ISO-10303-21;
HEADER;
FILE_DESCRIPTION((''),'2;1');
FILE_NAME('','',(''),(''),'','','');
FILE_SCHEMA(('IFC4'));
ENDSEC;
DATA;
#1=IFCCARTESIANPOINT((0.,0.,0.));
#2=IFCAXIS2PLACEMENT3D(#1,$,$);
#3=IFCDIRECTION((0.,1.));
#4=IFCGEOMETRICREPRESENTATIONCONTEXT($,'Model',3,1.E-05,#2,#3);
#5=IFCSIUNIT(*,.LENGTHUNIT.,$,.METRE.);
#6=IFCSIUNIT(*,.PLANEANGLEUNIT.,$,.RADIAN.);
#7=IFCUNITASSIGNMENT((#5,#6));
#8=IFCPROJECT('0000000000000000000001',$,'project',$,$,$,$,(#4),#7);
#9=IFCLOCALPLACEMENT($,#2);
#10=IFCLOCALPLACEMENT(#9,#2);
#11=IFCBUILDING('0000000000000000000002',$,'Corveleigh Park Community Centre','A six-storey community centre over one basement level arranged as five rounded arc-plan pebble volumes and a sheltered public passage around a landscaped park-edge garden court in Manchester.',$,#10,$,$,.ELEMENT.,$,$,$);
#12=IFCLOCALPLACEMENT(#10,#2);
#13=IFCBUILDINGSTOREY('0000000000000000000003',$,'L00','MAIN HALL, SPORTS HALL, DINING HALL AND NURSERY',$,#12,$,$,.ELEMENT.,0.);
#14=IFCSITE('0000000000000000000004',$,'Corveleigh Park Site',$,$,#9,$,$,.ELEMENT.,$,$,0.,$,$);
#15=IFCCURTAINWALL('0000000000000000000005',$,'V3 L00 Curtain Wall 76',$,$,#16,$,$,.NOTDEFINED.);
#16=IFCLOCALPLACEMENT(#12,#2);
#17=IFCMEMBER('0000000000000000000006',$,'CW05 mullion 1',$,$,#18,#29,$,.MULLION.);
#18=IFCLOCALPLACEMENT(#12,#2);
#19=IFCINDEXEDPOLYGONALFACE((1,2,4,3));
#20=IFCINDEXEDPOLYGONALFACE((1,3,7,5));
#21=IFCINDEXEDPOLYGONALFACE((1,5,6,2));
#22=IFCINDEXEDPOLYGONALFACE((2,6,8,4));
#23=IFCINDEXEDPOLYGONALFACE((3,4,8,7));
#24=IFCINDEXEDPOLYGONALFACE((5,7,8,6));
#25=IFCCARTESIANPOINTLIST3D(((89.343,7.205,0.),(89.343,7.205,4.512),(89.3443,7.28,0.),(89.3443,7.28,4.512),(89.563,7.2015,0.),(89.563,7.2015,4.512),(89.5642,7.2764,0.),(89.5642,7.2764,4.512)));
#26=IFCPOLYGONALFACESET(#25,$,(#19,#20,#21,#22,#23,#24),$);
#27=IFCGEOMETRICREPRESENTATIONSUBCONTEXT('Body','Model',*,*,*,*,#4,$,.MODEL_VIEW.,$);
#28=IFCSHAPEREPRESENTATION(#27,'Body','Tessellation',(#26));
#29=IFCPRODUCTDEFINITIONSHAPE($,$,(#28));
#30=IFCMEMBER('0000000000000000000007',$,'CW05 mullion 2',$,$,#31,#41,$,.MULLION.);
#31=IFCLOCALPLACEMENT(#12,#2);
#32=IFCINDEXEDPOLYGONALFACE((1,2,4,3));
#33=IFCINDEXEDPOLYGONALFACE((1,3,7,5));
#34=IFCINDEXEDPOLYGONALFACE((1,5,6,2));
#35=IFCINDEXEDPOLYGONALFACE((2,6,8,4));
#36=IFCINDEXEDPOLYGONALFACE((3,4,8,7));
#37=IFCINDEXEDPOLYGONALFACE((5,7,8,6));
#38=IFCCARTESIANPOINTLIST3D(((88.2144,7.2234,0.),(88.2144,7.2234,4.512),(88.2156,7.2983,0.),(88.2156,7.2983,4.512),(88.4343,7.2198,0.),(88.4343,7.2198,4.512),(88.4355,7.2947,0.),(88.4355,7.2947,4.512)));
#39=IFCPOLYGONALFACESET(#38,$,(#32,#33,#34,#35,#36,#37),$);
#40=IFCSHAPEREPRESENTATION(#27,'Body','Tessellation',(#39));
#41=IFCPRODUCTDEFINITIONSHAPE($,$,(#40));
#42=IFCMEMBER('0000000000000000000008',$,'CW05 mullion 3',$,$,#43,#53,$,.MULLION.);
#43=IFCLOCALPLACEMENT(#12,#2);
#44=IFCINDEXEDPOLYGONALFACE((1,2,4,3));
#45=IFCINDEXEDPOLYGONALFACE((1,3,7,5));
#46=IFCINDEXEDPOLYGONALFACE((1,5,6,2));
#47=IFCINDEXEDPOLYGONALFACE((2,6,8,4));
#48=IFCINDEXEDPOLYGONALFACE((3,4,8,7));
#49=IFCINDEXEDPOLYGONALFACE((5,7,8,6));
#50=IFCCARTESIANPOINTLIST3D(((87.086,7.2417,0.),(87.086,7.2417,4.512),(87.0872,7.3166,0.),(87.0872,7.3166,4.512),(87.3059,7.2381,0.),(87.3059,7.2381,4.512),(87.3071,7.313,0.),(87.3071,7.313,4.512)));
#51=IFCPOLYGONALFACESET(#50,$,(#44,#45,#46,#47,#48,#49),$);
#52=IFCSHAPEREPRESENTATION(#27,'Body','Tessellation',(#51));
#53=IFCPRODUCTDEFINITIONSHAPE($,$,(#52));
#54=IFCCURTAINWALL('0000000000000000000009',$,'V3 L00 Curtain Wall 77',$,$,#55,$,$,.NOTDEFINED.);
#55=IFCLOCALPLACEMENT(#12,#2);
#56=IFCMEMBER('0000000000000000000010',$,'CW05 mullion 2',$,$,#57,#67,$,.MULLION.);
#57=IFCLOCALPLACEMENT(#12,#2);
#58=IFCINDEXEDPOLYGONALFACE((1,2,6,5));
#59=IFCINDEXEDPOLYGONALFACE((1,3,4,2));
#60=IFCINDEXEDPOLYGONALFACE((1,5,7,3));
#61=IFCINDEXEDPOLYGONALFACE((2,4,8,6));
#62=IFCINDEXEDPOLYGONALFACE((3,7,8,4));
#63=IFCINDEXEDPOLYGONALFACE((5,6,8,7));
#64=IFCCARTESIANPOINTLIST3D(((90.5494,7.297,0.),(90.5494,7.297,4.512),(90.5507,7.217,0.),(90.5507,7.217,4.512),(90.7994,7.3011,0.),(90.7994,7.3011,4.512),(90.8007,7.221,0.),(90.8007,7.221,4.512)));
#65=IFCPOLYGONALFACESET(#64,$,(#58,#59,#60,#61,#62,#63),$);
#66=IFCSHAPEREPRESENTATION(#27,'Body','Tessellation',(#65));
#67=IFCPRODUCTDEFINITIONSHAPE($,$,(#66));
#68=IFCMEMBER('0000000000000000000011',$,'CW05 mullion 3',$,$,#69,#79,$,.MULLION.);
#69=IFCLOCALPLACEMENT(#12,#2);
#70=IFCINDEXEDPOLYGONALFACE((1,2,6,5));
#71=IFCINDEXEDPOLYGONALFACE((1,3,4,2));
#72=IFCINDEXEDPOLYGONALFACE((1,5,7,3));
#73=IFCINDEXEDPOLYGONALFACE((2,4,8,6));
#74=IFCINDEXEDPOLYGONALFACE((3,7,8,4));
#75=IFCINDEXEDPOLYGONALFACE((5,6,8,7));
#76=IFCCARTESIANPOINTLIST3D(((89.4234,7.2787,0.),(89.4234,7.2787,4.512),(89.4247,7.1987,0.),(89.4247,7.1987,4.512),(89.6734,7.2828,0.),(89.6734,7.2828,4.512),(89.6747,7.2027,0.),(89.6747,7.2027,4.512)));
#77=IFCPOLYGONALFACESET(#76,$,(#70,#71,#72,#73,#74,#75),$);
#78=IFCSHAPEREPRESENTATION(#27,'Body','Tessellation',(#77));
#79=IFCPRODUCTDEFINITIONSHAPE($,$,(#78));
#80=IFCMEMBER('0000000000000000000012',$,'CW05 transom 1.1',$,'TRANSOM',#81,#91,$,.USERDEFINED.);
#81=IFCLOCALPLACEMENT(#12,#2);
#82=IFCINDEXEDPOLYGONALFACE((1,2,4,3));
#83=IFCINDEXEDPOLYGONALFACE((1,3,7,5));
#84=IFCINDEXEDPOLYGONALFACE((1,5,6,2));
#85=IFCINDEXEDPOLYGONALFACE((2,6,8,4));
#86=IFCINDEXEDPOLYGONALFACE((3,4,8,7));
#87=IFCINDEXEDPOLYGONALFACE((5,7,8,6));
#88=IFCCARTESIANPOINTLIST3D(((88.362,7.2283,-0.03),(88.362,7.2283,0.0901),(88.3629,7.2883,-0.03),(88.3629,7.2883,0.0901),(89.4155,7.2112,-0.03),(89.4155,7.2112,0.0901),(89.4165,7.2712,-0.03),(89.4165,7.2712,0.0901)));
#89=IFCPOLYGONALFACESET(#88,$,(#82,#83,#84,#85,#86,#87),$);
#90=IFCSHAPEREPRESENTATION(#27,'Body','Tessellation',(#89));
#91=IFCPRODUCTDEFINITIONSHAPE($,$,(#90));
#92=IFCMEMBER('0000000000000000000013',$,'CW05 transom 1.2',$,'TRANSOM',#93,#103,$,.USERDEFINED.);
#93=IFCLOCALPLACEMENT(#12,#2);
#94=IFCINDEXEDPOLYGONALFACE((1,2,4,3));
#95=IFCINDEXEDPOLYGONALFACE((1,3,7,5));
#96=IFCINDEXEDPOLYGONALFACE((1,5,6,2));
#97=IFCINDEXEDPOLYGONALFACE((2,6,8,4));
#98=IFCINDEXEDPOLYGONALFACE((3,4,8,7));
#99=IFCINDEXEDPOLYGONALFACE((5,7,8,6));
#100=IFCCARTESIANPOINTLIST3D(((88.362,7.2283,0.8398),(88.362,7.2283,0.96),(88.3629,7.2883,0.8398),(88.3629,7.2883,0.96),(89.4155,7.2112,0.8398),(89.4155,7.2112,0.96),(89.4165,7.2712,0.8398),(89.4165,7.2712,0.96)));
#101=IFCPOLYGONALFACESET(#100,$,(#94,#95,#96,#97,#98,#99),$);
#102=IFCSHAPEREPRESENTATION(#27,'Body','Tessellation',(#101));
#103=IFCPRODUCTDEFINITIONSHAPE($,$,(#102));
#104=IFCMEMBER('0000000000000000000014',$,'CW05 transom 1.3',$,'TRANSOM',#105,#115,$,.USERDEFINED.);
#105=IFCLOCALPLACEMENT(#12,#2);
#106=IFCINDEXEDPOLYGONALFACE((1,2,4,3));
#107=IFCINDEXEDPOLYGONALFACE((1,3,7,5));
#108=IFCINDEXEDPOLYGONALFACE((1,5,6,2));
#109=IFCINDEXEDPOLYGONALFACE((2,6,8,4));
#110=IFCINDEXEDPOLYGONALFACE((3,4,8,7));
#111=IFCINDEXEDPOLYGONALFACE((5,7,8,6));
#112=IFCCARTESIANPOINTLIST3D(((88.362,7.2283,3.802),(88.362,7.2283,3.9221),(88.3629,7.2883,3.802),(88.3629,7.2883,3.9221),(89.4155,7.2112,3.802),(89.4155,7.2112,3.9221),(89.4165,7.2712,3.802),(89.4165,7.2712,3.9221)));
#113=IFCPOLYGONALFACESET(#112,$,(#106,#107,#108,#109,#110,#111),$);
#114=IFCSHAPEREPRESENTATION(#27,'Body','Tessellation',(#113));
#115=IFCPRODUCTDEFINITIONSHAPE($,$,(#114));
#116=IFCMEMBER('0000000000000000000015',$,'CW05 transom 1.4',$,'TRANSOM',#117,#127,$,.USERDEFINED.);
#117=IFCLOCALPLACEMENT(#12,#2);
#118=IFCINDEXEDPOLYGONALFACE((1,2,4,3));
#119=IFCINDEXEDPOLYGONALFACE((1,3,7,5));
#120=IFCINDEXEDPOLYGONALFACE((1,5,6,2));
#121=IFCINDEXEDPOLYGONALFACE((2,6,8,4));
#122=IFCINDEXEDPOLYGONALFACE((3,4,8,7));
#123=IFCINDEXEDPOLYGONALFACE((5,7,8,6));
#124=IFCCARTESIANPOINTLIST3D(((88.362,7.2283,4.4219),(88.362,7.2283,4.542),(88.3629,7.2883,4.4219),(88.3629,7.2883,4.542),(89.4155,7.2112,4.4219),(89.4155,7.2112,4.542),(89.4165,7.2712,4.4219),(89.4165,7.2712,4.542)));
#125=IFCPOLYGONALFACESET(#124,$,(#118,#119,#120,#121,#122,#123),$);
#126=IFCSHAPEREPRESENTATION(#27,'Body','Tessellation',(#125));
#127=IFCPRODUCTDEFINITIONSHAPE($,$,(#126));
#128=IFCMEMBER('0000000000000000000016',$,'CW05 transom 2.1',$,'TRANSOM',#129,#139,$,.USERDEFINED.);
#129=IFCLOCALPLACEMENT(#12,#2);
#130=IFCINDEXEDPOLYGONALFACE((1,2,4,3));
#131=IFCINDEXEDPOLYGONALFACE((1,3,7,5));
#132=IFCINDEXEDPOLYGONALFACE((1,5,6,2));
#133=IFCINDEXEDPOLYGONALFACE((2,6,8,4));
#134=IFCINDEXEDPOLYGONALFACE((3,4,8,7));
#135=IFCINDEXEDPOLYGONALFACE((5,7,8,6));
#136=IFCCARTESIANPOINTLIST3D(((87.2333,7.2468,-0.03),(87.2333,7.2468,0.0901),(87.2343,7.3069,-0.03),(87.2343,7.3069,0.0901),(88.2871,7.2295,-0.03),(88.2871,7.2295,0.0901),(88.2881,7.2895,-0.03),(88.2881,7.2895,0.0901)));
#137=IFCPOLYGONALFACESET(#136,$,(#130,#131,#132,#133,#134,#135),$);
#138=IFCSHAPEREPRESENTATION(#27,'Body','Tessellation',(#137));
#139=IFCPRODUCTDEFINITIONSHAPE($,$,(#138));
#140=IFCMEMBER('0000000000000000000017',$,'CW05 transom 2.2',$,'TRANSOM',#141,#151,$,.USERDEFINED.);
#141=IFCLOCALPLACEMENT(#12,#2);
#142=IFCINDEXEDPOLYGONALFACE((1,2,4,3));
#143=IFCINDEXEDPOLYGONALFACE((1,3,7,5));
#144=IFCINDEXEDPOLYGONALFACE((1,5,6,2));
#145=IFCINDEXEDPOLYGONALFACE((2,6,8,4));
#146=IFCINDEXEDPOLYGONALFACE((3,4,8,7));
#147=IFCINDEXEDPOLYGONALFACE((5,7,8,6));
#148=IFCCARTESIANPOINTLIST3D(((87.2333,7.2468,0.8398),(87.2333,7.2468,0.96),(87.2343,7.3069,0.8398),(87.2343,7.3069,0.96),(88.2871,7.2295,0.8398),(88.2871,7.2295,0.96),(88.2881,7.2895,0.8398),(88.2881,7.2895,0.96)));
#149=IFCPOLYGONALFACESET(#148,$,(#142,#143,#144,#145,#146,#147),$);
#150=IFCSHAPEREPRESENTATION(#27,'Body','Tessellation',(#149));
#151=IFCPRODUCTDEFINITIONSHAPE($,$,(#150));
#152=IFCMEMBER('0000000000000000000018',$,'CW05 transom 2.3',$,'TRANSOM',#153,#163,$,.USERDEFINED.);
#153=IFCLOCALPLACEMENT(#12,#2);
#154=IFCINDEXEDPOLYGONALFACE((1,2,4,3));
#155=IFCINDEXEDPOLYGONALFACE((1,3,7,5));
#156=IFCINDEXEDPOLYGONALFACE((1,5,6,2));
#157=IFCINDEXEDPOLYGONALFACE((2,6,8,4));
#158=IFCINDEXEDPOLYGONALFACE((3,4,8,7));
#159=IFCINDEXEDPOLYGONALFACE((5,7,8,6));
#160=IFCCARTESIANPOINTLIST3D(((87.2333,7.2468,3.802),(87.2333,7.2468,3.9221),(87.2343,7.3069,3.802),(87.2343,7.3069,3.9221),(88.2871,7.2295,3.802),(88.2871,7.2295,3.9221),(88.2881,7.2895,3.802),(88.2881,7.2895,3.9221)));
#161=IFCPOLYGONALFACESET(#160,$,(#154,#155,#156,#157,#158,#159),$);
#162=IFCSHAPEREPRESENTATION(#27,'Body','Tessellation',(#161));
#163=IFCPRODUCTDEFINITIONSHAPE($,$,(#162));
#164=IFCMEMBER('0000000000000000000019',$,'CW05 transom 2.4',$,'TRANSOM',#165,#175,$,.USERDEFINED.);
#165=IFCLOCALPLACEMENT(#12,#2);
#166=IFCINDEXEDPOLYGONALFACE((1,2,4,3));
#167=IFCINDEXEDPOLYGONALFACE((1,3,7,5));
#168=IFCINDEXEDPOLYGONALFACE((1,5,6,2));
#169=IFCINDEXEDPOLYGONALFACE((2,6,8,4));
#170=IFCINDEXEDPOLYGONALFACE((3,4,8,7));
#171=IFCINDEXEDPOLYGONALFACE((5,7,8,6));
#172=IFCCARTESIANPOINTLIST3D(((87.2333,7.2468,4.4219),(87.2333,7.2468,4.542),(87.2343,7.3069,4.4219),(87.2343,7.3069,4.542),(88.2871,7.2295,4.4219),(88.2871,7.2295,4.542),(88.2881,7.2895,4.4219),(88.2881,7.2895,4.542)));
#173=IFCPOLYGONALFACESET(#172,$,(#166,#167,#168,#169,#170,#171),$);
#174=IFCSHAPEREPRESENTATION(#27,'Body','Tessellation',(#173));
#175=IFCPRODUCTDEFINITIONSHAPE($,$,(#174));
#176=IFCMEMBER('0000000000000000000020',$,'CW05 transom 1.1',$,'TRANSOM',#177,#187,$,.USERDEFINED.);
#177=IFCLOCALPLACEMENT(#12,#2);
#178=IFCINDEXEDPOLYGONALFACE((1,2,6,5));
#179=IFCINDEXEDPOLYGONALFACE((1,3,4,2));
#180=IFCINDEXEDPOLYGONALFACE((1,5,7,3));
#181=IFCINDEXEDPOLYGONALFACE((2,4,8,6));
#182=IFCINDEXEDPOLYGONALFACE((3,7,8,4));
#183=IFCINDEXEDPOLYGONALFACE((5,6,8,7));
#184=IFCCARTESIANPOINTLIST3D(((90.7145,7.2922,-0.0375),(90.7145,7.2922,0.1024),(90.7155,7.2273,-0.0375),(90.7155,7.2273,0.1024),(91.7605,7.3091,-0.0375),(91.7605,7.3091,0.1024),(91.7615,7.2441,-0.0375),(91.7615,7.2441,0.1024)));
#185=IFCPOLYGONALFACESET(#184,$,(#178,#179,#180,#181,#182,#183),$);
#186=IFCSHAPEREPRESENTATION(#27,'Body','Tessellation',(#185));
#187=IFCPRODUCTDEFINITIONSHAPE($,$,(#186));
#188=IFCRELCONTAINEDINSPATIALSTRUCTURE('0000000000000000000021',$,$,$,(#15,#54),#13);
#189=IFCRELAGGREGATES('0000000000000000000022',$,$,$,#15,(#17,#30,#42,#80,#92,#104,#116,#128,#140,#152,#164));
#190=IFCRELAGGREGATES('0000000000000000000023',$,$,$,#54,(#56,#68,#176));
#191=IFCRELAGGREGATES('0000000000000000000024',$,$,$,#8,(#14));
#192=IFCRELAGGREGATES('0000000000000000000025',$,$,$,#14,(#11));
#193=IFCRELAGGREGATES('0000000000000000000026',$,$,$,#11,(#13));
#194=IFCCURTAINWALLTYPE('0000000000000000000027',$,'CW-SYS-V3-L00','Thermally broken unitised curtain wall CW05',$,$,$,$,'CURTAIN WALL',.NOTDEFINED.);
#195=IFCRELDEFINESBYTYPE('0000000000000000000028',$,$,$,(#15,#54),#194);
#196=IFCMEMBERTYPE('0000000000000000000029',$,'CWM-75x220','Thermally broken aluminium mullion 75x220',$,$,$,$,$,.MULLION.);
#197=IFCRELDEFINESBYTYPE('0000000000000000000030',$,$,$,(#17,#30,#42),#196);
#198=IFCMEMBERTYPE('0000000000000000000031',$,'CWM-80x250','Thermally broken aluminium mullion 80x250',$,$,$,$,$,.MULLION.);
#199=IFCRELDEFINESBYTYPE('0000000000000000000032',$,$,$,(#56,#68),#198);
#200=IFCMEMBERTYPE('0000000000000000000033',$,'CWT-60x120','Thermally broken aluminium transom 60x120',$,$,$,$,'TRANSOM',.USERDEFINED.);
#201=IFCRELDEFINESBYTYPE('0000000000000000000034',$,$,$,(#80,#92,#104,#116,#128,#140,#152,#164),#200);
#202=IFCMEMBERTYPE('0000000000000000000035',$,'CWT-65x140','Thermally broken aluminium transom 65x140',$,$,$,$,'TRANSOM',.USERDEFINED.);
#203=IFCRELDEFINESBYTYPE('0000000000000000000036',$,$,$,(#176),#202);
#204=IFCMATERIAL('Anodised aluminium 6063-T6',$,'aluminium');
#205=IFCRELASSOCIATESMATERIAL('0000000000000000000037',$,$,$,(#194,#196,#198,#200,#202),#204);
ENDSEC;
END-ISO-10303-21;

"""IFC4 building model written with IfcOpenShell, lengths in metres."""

from ifc_helpers import new_model, si_unit, direction, frame, origin, origin_2d, place, context, subcontext, project, spatial, rectangle, extrude, material, material_profile, profile_set, type_object, element, aggregate, save


model = new_model("IFC4")

# Units and contexts
model_context = context("Model", 3, precision=1e-05, world=origin(), true_north=direction((0.0, 1.0)))
body_context = subcontext(model_context, "Body", "Model", "MODEL_VIEW")
ifc_project = project(units=[si_unit("LENGTHUNIT", "METRE"), si_unit("PLANEANGLEUNIT", "RADIAN")], contexts=[model_context])

# Site, building, storey
site_placement = place(None, origin())
site = spatial("IfcSite", under=ifc_project, at=site_placement, Name="Corveleigh Park Site", CompositionType="ELEMENT", RefElevation=0.0)
building_placement = place(site_placement, origin())
building = spatial("IfcBuilding", under=site, at=building_placement, Name="Corveleigh Park Community Centre", Description="A six-storey community centre over one basement level arranged as five rounded arc-plan pebble volumes and a sheltered public passage around a landscaped park-edge garden court in Manchester.", CompositionType="ELEMENT")
storey_placement = place(building_placement, origin())
storey = spatial("IfcBuildingStorey", under=building, at=storey_placement, Name="L00", Description="MAIN HALL, SPORTS HALL, DINING HALL AND NURSERY", CompositionType="ELEMENT", Elevation=0.0)

# Curtain walls, members
ifc_material_1 = material(Name="Anodised aluminium 6063-T6", Category="aluminium")
curtain_wall_type = type_object("IfcCurtainWallType", Name="CW-SYS-V3-L00", Description="Thermally broken unitised curtain wall CW05", ElementType="CURTAIN WALL", PredefinedType="NOTDEFINED", material=ifc_material_1)
curtain_wall_1_placement = place(storey_placement, origin())
curtain_wall_1 = element("IfcCurtainWall", 1, at=curtain_wall_1_placement, inside=storey, type_object=curtain_wall_type, Name="V3 L00 Curtain Wall 76", PredefinedType="NOTDEFINED")
ifc_material_profile_1 = material_profile(ifc_material_1, rectangle(XDim=0.075, YDim=0.22, at=origin_2d()), Name="ALU-M75x220", Category="aluminium")
ifc_profile_set_1 = profile_set([ifc_material_profile_1], Name="Anodised aluminium 6063-T6")
member_type_1 = type_object("IfcMemberType", Name="CWM-75x220", Description="Thermally broken aluminium mullion 75x220", PredefinedType="MULLION", material=ifc_profile_set_1)
member_1_placement = place(storey_placement, frame((89.4536, 7.2407, 0.0), z_axis=(0.0, 0.0, 1.0), x_axis=(-0.016293, -0.999867, 0.0)))
member_1 = element("IfcMember", 2, at=member_1_placement, type_object=member_type_1, Name="CW05 mullion 1", PredefinedType="MULLION", context=body_context, shape_type="SweptSolid", body=[
    extrude(rectangle(XDim=0.075, YDim=0.22, at=origin_2d()), origin(), (0.0, 0.0, 1.0), 4.512),
])
member_2_placement = place(storey_placement, frame((88.325, 7.259, 0.0), z_axis=(0.0, 0.0, 1.0), x_axis=(-0.016293, -0.999867, 0.0)))
member_2 = element("IfcMember", 3, at=member_2_placement, type_object=member_type_1, Name="CW05 mullion 2", PredefinedType="MULLION", context=body_context, shape_type="SweptSolid", body=[
    extrude(rectangle(XDim=0.075, YDim=0.22, at=origin_2d()), origin(), (0.0, 0.0, 1.0), 4.512),
])
member_3_placement = place(storey_placement, frame((87.1965, 7.2773, 0.0), z_axis=(0.0, 0.0, 1.0), x_axis=(-0.016293, -0.999867, 0.0)))
member_3 = element("IfcMember", 4, at=member_3_placement, type_object=member_type_1, Name="CW05 mullion 3", PredefinedType="MULLION", context=body_context, shape_type="SweptSolid", body=[
    extrude(rectangle(XDim=0.075, YDim=0.22, at=origin_2d()), origin(), (0.0, 0.0, 1.0), 4.512),
])
curtain_wall_2_placement = place(storey_placement, origin())
curtain_wall_2 = element("IfcCurtainWall", 5, at=curtain_wall_2_placement, inside=storey, type_object=curtain_wall_type, Name="V3 L00 Curtain Wall 77", PredefinedType="NOTDEFINED")
ifc_material_profile_2 = material_profile(ifc_material_1, rectangle(XDim=0.0801, YDim=0.25, at=origin_2d()), Name="ALU-M80x250", Category="aluminium")
ifc_profile_set_2 = profile_set([ifc_material_profile_2], Name="Anodised aluminium 6063-T6")
member_type_2 = type_object("IfcMemberType", Name="CWM-80x250", Description="Thermally broken aluminium mullion 80x250", PredefinedType="MULLION", material=ifc_profile_set_2)
member_4_placement = place(storey_placement, frame((90.675, 7.259, 0.0), z_axis=(0.0, 0.0, 1.0), x_axis=(0.016293, -0.999867, 0.0)))
member_4 = element("IfcMember", 6, at=member_4_placement, type_object=member_type_2, Name="CW05 mullion 2", PredefinedType="MULLION", context=body_context, shape_type="SweptSolid", body=[
    extrude(rectangle(XDim=0.0801, YDim=0.25, at=origin_2d()), origin(), (0.0, 0.0, 1.0), 4.512),
])
member_5_placement = place(storey_placement, frame((89.5491, 7.2407, 0.0), z_axis=(0.0, 0.0, 1.0), x_axis=(0.016293, -0.999867, 0.0)))
member_5 = element("IfcMember", 7, at=member_5_placement, type_object=member_type_2, Name="CW05 mullion 3", PredefinedType="MULLION", context=body_context, shape_type="SweptSolid", body=[
    extrude(rectangle(XDim=0.0801, YDim=0.25, at=origin_2d()), origin(), (0.0, 0.0, 1.0), 4.512),
])

# Members
ifc_material_profile_3 = material_profile(ifc_material_1, rectangle(XDim=0.0601, YDim=0.1201, at=origin_2d()), Name="ALU-T60x120", Category="aluminium")
ifc_profile_set_3 = profile_set([ifc_material_profile_3], Name="Anodised aluminium 6063-T6")
member_type_3 = type_object("IfcMemberType", Name="CWT-60x120", Description="Thermally broken aluminium transom 60x120", ElementType="TRANSOM", PredefinedType="USERDEFINED", material=ifc_profile_set_3)
member_6_placement = place(storey_placement, frame((89.416, 7.2412, 0.03), z_axis=(-0.999868, 0.01622, 0.0), x_axis=(-0.01622, -0.999868, 0.0)))
member_6 = element("IfcMember", 8, at=member_6_placement, type_object=member_type_3, Name="CW05 transom 1.1", ObjectType="TRANSOM", PredefinedType="USERDEFINED", context=body_context, shape_type="SweptSolid", body=[
    extrude(rectangle(XDim=0.0601, YDim=0.1201, at=origin_2d()), origin(), (0.0, 0.0, 1.0), 1.0537),
])
member_7_placement = place(storey_placement, frame((89.416, 7.2412, 0.8999), z_axis=(-0.999868, 0.01622, 0.0), x_axis=(-0.01622, -0.999868, 0.0)))
member_7 = element("IfcMember", 9, at=member_7_placement, type_object=member_type_3, Name="CW05 transom 1.2", ObjectType="TRANSOM", PredefinedType="USERDEFINED", context=body_context, shape_type="SweptSolid", body=[
    extrude(rectangle(XDim=0.0601, YDim=0.1201, at=origin_2d()), origin(), (0.0, 0.0, 1.0), 1.0537),
])
member_8_placement = place(storey_placement, frame((89.416, 7.2412, 3.8621), z_axis=(-0.999868, 0.01622, 0.0), x_axis=(-0.01622, -0.999868, 0.0)))
member_8 = element("IfcMember", 10, at=member_8_placement, type_object=member_type_3, Name="CW05 transom 1.3", ObjectType="TRANSOM", PredefinedType="USERDEFINED", context=body_context, shape_type="SweptSolid", body=[
    extrude(rectangle(XDim=0.0601, YDim=0.1201, at=origin_2d()), origin(), (0.0, 0.0, 1.0), 1.0537),
])
member_9_placement = place(storey_placement, frame((89.416, 7.2412, 4.4819), z_axis=(-0.999868, 0.01622, 0.0), x_axis=(-0.01622, -0.999868, 0.0)))
member_9 = element("IfcMember", 11, at=member_9_placement, type_object=member_type_3, Name="CW05 transom 1.4", ObjectType="TRANSOM", PredefinedType="USERDEFINED", context=body_context, shape_type="SweptSolid", body=[
    extrude(rectangle(XDim=0.0601, YDim=0.1201, at=origin_2d()), origin(), (0.0, 0.0, 1.0), 1.0537),
])
member_10_placement = place(storey_placement, frame((88.2876, 7.2595, 0.03), z_axis=(-0.999865, 0.016448, 0.0), x_axis=(-0.016448, -0.999865, 0.0)))
member_10 = element("IfcMember", 12, at=member_10_placement, type_object=member_type_3, Name="CW05 transom 2.1", ObjectType="TRANSOM", PredefinedType="USERDEFINED", context=body_context, shape_type="SweptSolid", body=[
    extrude(rectangle(XDim=0.0601, YDim=0.1201, at=origin_2d()), origin(), (0.0, 0.0, 1.0), 1.054),
])
member_11_placement = place(storey_placement, frame((88.2876, 7.2595, 0.8999), z_axis=(-0.999865, 0.016448, 0.0), x_axis=(-0.016448, -0.999865, 0.0)))
member_11 = element("IfcMember", 13, at=member_11_placement, type_object=member_type_3, Name="CW05 transom 2.2", ObjectType="TRANSOM", PredefinedType="USERDEFINED", context=body_context, shape_type="SweptSolid", body=[
    extrude(rectangle(XDim=0.0601, YDim=0.1201, at=origin_2d()), origin(), (0.0, 0.0, 1.0), 1.054),
])
member_12_placement = place(storey_placement, frame((88.2876, 7.2595, 3.8621), z_axis=(-0.999865, 0.016448, 0.0), x_axis=(-0.016448, -0.999865, 0.0)))
member_12 = element("IfcMember", 14, at=member_12_placement, type_object=member_type_3, Name="CW05 transom 2.3", ObjectType="TRANSOM", PredefinedType="USERDEFINED", context=body_context, shape_type="SweptSolid", body=[
    extrude(rectangle(XDim=0.0601, YDim=0.1201, at=origin_2d()), origin(), (0.0, 0.0, 1.0), 1.054),
])
member_13_placement = place(storey_placement, frame((88.2876, 7.2595, 4.4819), z_axis=(-0.999865, 0.016448, 0.0), x_axis=(-0.016448, -0.999865, 0.0)))
member_13 = element("IfcMember", 15, at=member_13_placement, type_object=member_type_3, Name="CW05 transom 2.4", ObjectType="TRANSOM", PredefinedType="USERDEFINED", context=body_context, shape_type="SweptSolid", body=[
    extrude(rectangle(XDim=0.0601, YDim=0.1201, at=origin_2d()), origin(), (0.0, 0.0, 1.0), 1.054),
])
ifc_material_profile_4 = material_profile(ifc_material_1, rectangle(XDim=0.0649, YDim=0.1399, at=origin_2d()), Name="ALU-T65x140", Category="aluminium")
ifc_profile_set_4 = profile_set([ifc_material_profile_4], Name="Anodised aluminium 6063-T6")
member_type_4 = type_object("IfcMemberType", Name="CWT-65x140", Description="Thermally broken aluminium transom 65x140", ElementType="TRANSOM", PredefinedType="USERDEFINED", material=ifc_profile_set_4)
member_14_placement = place(storey_placement, frame((91.761, 7.2766, 0.0325), z_axis=(-0.99987, -0.016104, 0.0), x_axis=(0.016104, -0.99987, 0.0)))
member_14 = element("IfcMember", 16, at=member_14_placement, type_object=member_type_4, Name="CW05 transom 1.1", ObjectType="TRANSOM", PredefinedType="USERDEFINED", context=body_context, shape_type="SweptSolid", body=[
    extrude(rectangle(XDim=0.0649, YDim=0.1399, at=origin_2d()), origin(), (0.0, 0.0, 1.0), 1.0461),
])

aggregate(curtain_wall_1, [member_1, member_2, member_3, member_6, member_7, member_8, member_9, member_10, member_11, member_12, member_13])
aggregate(curtain_wall_2, [member_4, member_5, member_14])

save(model, "model.ifc")
